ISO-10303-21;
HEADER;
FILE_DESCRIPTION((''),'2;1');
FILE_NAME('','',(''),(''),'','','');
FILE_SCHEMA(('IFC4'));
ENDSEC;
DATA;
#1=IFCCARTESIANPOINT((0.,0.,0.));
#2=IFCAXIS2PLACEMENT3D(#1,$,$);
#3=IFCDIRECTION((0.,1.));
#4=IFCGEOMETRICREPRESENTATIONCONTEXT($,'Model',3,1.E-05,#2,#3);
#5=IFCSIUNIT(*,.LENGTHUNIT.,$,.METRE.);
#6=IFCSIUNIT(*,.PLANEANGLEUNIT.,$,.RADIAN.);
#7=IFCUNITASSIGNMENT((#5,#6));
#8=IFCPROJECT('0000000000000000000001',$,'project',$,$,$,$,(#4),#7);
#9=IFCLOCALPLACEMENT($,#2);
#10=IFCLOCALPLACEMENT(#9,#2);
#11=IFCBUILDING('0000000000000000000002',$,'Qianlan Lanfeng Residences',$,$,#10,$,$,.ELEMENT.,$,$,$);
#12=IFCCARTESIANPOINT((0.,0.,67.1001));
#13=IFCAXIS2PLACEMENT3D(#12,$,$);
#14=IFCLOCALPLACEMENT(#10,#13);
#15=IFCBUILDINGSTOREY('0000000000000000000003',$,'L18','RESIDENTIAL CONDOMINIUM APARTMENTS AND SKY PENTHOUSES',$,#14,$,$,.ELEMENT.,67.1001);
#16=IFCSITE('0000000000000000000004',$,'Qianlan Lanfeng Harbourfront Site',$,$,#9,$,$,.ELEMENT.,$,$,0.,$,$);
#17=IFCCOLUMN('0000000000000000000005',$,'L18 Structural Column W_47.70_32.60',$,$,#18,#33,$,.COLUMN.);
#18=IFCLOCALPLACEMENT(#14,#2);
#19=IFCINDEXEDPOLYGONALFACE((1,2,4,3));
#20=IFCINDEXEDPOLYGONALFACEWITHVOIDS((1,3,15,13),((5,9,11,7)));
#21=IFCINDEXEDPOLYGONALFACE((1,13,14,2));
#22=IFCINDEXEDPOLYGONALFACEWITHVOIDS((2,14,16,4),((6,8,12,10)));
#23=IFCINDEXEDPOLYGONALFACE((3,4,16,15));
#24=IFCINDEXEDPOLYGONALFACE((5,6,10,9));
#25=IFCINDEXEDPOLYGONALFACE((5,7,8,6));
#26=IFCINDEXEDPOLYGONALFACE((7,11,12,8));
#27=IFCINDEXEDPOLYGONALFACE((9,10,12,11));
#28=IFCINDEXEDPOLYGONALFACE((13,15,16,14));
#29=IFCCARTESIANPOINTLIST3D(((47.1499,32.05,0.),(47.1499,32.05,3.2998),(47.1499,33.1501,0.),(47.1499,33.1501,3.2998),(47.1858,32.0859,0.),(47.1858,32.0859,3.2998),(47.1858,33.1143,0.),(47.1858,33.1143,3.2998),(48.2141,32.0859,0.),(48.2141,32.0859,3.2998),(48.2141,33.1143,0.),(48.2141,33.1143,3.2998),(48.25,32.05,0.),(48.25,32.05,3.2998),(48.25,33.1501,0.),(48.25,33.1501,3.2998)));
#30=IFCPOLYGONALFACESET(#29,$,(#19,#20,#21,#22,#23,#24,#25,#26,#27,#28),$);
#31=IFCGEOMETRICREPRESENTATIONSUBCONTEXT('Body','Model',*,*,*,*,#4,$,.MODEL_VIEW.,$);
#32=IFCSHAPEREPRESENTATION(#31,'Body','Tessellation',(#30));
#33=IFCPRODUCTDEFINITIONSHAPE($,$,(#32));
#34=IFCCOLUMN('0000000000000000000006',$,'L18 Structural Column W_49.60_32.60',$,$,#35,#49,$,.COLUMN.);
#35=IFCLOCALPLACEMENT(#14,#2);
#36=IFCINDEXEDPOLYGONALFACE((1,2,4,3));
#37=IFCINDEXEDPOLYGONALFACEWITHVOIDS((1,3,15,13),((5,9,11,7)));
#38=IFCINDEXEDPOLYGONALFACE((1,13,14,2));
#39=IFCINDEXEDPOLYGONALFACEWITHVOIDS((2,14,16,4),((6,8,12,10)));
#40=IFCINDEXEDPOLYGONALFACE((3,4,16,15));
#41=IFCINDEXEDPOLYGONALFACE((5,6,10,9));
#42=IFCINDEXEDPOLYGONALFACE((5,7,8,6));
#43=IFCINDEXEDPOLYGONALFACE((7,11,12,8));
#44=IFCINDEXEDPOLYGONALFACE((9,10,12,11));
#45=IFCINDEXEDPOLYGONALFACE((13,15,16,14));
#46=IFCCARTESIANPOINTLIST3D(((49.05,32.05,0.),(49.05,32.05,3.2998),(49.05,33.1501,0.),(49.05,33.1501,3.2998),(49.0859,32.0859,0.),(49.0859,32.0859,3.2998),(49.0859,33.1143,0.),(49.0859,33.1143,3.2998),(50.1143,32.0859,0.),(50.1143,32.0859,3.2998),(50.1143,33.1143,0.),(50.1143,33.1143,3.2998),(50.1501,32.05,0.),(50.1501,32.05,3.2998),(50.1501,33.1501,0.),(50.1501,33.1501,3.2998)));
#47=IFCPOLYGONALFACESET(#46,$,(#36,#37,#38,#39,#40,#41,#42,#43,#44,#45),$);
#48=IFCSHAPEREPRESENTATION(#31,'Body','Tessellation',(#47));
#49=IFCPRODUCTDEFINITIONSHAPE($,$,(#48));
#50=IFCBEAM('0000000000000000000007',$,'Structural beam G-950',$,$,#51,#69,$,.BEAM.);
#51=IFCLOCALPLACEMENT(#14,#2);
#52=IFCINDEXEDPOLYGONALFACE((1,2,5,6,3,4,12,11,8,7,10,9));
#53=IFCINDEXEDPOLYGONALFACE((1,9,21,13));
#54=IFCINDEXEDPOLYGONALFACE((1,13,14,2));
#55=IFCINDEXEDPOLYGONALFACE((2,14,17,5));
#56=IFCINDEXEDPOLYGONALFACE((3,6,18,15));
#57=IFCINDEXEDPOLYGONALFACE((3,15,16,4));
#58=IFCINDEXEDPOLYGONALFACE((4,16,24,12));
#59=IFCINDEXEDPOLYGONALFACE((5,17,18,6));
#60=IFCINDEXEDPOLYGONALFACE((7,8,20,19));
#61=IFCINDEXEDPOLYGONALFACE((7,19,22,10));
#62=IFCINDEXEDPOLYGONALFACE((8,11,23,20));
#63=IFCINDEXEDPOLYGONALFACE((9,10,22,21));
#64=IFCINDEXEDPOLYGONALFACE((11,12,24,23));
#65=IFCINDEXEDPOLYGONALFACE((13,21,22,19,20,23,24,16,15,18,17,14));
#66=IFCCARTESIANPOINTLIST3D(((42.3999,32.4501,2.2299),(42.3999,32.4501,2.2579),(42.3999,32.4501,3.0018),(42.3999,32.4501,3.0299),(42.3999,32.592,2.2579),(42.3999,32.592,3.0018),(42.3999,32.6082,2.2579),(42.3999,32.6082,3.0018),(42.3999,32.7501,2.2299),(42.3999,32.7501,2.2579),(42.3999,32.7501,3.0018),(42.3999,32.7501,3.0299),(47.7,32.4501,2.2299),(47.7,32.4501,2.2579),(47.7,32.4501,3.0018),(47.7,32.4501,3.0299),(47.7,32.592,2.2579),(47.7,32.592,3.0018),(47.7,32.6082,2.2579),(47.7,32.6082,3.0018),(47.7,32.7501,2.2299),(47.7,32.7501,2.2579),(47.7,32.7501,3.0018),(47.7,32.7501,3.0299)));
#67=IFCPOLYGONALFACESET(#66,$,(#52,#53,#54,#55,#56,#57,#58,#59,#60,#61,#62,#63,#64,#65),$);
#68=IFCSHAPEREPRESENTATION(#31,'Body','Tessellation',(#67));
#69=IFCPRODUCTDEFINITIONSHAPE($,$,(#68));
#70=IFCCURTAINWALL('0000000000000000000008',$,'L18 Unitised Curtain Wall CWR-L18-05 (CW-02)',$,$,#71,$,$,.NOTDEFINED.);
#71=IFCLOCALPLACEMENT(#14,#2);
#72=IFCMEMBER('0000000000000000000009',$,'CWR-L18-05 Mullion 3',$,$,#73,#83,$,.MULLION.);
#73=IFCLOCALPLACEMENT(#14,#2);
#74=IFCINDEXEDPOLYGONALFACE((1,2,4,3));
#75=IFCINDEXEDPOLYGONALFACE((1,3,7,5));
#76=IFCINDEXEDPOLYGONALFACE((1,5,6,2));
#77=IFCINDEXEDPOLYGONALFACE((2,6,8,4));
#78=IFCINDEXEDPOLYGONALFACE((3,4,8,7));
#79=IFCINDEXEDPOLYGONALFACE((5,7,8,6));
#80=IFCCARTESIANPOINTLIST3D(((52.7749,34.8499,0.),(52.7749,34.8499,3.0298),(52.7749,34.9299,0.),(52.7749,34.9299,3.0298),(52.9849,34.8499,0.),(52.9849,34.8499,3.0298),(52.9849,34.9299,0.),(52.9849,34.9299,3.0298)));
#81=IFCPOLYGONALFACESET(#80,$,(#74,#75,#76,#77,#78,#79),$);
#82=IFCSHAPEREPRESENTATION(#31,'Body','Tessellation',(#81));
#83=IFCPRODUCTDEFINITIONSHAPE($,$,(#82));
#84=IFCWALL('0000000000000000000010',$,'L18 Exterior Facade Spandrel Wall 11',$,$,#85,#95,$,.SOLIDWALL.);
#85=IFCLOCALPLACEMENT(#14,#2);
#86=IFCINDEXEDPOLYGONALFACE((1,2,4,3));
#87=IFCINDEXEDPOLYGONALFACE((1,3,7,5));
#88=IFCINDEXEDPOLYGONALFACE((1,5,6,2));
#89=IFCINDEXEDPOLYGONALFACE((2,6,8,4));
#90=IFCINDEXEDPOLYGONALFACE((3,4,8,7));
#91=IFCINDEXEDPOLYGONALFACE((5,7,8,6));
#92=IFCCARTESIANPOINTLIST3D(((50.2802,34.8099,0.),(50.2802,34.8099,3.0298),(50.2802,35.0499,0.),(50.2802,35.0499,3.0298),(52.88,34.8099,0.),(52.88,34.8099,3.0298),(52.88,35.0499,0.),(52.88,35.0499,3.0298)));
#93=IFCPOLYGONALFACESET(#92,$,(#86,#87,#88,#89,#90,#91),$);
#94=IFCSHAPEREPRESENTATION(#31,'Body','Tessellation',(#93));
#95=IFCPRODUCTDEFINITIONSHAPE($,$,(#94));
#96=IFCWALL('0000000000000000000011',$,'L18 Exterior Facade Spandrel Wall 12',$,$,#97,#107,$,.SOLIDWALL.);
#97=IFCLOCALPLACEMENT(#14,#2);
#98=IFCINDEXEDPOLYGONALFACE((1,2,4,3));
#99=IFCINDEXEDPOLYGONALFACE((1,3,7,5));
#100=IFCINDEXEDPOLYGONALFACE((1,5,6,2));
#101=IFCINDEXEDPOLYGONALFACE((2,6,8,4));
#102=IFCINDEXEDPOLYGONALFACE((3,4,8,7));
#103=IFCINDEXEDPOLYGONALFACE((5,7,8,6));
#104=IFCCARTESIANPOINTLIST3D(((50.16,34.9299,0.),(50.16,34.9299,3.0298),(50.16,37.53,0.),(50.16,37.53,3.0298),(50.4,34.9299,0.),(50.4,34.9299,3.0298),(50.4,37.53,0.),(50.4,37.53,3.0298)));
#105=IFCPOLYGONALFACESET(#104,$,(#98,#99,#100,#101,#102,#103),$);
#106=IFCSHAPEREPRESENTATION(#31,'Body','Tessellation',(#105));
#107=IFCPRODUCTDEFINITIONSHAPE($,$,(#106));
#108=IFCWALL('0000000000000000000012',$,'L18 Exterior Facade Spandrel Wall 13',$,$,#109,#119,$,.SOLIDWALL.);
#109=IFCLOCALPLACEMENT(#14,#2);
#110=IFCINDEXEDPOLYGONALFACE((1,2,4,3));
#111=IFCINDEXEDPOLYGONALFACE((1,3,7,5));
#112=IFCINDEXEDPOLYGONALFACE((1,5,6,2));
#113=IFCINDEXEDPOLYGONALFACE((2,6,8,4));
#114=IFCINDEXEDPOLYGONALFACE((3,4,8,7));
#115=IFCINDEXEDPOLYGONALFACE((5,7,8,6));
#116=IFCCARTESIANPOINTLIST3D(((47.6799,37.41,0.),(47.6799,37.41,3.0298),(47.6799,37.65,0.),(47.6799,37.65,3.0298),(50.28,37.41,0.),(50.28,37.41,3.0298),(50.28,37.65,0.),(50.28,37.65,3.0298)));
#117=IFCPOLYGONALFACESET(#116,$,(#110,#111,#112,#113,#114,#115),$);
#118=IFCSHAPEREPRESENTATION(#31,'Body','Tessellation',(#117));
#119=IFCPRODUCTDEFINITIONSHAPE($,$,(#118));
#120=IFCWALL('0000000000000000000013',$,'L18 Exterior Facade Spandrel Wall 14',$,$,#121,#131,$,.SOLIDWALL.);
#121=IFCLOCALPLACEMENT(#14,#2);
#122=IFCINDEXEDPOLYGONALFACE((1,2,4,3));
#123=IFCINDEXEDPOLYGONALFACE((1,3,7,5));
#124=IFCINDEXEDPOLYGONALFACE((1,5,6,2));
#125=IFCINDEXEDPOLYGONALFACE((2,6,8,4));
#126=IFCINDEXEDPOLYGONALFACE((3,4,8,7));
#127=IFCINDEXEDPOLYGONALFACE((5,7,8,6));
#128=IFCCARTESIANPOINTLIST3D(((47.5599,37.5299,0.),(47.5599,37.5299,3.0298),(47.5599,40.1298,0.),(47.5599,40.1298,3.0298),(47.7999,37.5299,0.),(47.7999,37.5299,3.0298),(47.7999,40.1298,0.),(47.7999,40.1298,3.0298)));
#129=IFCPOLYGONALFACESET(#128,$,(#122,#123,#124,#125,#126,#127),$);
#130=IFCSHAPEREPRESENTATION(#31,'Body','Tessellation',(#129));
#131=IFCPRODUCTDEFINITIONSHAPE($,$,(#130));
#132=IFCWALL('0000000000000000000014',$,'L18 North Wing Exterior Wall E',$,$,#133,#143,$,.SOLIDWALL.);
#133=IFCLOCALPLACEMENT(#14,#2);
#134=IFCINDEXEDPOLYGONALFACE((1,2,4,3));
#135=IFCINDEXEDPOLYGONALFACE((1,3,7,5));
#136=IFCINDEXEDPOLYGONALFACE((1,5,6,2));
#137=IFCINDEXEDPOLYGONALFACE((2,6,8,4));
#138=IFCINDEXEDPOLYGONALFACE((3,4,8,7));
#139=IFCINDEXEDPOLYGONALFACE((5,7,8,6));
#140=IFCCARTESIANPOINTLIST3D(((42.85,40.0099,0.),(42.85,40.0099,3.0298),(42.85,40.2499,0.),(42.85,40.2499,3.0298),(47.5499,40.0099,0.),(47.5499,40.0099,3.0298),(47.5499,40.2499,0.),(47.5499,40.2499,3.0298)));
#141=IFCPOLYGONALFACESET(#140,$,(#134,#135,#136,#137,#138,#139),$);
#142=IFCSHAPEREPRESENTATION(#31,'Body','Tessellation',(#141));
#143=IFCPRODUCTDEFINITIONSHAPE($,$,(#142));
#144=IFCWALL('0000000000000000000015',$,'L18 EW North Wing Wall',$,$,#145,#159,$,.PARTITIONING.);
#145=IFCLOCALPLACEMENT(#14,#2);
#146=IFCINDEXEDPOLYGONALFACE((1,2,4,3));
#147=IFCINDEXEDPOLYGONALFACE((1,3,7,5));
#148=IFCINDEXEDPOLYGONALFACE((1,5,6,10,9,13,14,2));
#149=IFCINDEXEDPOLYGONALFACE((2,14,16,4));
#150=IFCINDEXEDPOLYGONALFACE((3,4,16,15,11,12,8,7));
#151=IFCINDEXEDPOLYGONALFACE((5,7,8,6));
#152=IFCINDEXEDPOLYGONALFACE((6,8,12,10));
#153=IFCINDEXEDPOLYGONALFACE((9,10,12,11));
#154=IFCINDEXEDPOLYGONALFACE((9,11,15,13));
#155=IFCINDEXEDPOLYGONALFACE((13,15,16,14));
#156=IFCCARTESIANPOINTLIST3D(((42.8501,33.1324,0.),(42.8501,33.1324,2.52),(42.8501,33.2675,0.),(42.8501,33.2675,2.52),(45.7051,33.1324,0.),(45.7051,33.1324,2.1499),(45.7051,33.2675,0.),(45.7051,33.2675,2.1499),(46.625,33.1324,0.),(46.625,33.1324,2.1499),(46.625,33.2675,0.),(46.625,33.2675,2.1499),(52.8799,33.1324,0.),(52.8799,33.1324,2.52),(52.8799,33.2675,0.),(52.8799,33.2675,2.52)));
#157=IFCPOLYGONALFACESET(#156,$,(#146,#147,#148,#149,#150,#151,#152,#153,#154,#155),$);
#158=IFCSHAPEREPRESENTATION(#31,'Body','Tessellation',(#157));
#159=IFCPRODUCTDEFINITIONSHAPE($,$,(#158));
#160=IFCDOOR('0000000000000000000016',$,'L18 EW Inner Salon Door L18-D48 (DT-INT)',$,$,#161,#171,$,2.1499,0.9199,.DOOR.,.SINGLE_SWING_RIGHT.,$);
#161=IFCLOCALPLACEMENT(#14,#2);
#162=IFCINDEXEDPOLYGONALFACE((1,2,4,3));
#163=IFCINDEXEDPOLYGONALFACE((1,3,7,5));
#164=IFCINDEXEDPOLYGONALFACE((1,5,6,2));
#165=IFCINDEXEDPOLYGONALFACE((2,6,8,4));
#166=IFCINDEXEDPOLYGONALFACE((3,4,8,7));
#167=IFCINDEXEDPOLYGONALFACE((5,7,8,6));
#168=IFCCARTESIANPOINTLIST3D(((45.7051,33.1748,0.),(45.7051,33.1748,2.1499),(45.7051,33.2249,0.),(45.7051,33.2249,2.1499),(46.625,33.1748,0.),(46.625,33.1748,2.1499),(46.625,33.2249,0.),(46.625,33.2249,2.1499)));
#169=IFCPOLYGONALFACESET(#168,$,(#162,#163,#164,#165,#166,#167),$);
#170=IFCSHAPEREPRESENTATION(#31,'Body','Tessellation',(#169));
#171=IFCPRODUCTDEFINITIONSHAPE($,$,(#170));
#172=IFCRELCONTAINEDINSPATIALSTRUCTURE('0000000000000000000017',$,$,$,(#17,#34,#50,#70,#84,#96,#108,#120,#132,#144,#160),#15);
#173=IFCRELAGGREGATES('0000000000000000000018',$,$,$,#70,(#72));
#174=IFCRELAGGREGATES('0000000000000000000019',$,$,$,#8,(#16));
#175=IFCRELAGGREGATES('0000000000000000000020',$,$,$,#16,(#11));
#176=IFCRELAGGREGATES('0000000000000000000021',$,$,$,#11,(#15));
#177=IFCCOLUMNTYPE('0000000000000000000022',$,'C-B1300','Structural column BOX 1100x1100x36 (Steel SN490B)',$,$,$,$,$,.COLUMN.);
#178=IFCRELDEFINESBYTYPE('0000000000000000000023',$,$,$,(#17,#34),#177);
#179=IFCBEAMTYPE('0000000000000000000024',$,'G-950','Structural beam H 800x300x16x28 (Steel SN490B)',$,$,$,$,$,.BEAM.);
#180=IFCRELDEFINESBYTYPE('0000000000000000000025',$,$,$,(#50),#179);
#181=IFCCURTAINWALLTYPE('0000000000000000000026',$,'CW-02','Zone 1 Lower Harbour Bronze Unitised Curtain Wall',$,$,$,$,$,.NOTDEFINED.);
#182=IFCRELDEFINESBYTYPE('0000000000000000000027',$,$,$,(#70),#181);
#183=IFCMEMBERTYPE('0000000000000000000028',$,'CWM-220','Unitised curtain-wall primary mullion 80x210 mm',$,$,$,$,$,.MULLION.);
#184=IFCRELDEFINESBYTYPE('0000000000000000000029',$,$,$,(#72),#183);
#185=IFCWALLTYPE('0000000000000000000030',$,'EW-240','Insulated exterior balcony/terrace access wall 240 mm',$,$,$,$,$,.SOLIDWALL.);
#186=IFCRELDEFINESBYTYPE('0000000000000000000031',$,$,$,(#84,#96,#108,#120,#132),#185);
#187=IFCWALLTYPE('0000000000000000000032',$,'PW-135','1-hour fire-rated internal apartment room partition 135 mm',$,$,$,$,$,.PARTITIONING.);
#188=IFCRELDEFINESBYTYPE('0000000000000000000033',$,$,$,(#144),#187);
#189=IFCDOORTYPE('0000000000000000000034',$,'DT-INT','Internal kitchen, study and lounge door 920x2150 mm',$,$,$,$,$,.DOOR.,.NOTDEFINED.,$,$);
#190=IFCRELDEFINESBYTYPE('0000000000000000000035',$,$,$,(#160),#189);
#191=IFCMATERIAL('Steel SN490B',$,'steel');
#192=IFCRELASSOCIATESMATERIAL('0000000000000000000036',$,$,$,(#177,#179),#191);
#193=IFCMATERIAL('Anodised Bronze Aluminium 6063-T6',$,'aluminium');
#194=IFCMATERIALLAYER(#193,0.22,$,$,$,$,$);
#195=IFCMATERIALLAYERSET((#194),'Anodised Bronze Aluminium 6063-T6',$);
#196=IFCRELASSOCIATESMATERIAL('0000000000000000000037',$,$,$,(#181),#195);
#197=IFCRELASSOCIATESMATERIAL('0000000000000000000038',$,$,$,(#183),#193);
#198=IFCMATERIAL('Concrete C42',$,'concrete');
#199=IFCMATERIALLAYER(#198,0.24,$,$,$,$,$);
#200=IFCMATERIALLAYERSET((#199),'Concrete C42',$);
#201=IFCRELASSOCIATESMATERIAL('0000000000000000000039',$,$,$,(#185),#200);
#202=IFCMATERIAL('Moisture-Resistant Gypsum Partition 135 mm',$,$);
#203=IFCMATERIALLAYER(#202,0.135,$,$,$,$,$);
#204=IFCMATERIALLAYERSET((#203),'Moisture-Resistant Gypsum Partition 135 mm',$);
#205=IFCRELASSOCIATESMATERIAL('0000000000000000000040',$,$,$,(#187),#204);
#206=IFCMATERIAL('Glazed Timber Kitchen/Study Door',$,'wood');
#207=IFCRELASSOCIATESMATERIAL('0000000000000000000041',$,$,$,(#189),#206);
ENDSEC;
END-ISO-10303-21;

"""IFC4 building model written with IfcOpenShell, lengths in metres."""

from ifc_helpers import new_model, si_unit, direction, frame, frame_2d, origin, origin_2d, place, context, subcontext, project, spatial, rectangle, hollow_rectangle, i_section, extrude, source, transform, mapped, material, layer, layer_set, material_profile, profile_set, type_object, element, fill, aggregate, save


model = new_model("IFC4")

# Units and contexts
model_context = context("Model", 3, precision=1e-05, world=origin(), true_north=direction((0.0, 1.0)))
body_context = subcontext(model_context, "Body", "Model", "MODEL_VIEW")
ifc_project = project(units=[si_unit("LENGTHUNIT", "METRE"), si_unit("PLANEANGLEUNIT", "RADIAN")], contexts=[model_context])

# Site, building, storey
site_placement = place(None, origin())
site = spatial("IfcSite", under=ifc_project, at=site_placement, Name="Qianlan Lanfeng Harbourfront Site", CompositionType="ELEMENT", RefElevation=0.0)
building_placement = place(site_placement, origin())
building = spatial("IfcBuilding", under=site, at=building_placement, Name="Qianlan Lanfeng Residences", CompositionType="ELEMENT")
storey_placement = place(building_placement, frame((0.0, 0.0, 67.1001)))
storey = spatial("IfcBuildingStorey", under=building, at=storey_placement, Name="L18", Description="RESIDENTIAL CONDOMINIUM APARTMENTS AND SKY PENTHOUSES", CompositionType="ELEMENT", Elevation=67.1001)

# Columns
ifc_material_1 = material(Name="Steel SN490B", Category="steel")
ifc_material_profile_1 = material_profile(ifc_material_1, hollow_rectangle(XDim=1.1001, YDim=1.1001, WallThickness=0.0359, at=origin_2d()), Name="BOX 1100x1100x36")
ifc_profile_set_1 = profile_set([ifc_material_profile_1], Name="Steel SN490B")
column_type = type_object("IfcColumnType", Name="C-B1300", Description="Structural column BOX 1100x1100x36 (Steel SN490B)", PredefinedType="COLUMN", material=ifc_profile_set_1)
for number, where, z_axis, x_axis, name in (
    (1, (47.7, 32.6001, 0.0), (0.0, 0.0, 1.0), (1.0, 0.0, 0.0), "L18 Structural Column W_47.70_32.60"),
    (2, (49.6001, 32.6001, 0.0), (0.0, 0.0, 1.0), (1.0, 0.0, 0.0), "L18 Structural Column W_49.60_32.60"),
):
    element("IfcColumn", number, at=place(storey_placement, frame(where, z_axis=z_axis, x_axis=x_axis)), inside=storey, type_object=column_type, Name=name, PredefinedType="COLUMN", context=body_context, shape_type="SweptSolid", body=[
        extrude(hollow_rectangle(XDim=1.1001, YDim=1.1001, WallThickness=0.0359, at=origin_2d()), origin(), (0.0, 0.0, 1.0), 3.2998),
    ])

# Beam
ifc_material_profile_2 = material_profile(ifc_material_1, i_section(OverallWidth=0.3, OverallDepth=0.8, WebThickness=0.0161, FlangeThickness=0.0281, at=origin_2d()), Name="H 800x300x16x28")
ifc_profile_set_2 = profile_set([ifc_material_profile_2], Name="Steel SN490B")
beam_type = type_object("IfcBeamType", Name="G-950", Description="Structural beam H 800x300x16x28 (Steel SN490B)", PredefinedType="BEAM", material=ifc_profile_set_2)
beam_placement = place(storey_placement, frame((42.3999, 32.6001, 2.6299), z_axis=(1.0, 0.0, 0.0), x_axis=(0.0, 1.0, 0.0)))
element("IfcBeam", 3, at=beam_placement, inside=storey, type_object=beam_type, Name="Structural beam G-950", PredefinedType="BEAM", context=body_context, shape_type="SweptSolid", body=[
    extrude(i_section(OverallWidth=0.3, OverallDepth=0.8, WebThickness=0.0161, FlangeThickness=0.0281, at=origin_2d()), origin(), (0.0, 0.0, 1.0), 5.3),
])

# Curtain wall, member
ifc_material_2 = material(Name="Anodised Bronze Aluminium 6063-T6", Category="aluminium")
ifc_layer_1 = layer(ifc_material_2, 0.22)
ifc_layer_set_1 = layer_set([ifc_layer_1], Name="Anodised Bronze Aluminium 6063-T6")
curtain_wall_type = type_object("IfcCurtainWallType", Name="CW-02", Description="Zone 1 Lower Harbour Bronze Unitised Curtain Wall", PredefinedType="NOTDEFINED", material=ifc_layer_set_1)
curtain_wall_placement = place(storey_placement, origin())
curtain_wall = element("IfcCurtainWall", 4, at=curtain_wall_placement, inside=storey, type_object=curtain_wall_type, Name="L18 Unitised Curtain Wall CWR-L18-05 (CW-02)", PredefinedType="NOTDEFINED")
ifc_material_profile_3 = material_profile(ifc_material_2, rectangle(XDim=0.0801, YDim=0.21, at=origin_2d()), Name="ALU MULLION 80x210")
ifc_profile_set_3 = profile_set([ifc_material_profile_3], Name="Anodised Bronze Aluminium 6063-T6")
member_type = type_object("IfcMemberType", Name="CWM-220", Description="Unitised curtain-wall primary mullion 80x210 mm", PredefinedType="MULLION", material=ifc_profile_set_3)
shared_shape_1 = source(origin(), body_context, "Body", "SweptSolid", [
    extrude(rectangle(XDim=0.0801, YDim=0.21, at=origin_2d()), origin(), (0.0, 0.0, 1.0), 3.0298),
])
member_placement = place(storey_placement, frame((52.8799, 34.8899, 0.0), z_axis=(0.0, 0.0, 1.0), x_axis=(0.0, 1.0, 0.0)))
member = element("IfcMember", 5, at=member_placement, type_object=member_type, Name="CWR-L18-05 Mullion 3", PredefinedType="MULLION", context=body_context, shape_type="MappedRepresentation", body=[
    mapped(shared_shape_1, transform((0.0, 0.0, 0.0), scale=1.0)),
])
aggregate(curtain_wall, [member])

# Walls
ifc_material_3 = material(Name="Concrete C42", Category="concrete")
ifc_layer_2 = layer(ifc_material_3, 0.24)
ifc_layer_set_2 = layer_set([ifc_layer_2], Name="Concrete C42")
wall_type_1 = type_object("IfcWallType", Name="EW-240", Description="Insulated exterior balcony/terrace access wall 240 mm", PredefinedType="SOLIDWALL", material=ifc_layer_set_2)
wall_1_placement = place(storey_placement, frame((52.8799, 34.9299, 0.0), z_axis=(0.0, 0.0, 1.0), x_axis=(-1.0, 0.0, 0.0)))
element("IfcWall", 6, at=wall_1_placement, inside=storey, type_object=wall_type_1, Name="L18 Exterior Facade Spandrel Wall 11", PredefinedType="SOLIDWALL", context=body_context, shape_type="SweptSolid", body=[
    extrude(rectangle(XDim=2.5999, YDim=0.24, at=frame_2d((1.2998, 0.0))), origin(), (0.0, 0.0, 1.0), 3.0298),
])
for number, where, z_axis, x_axis, name in (
    (7, (50.28, 34.9299, 0.0), (0.0, 0.0, 1.0), (0.0, 1.0, 0.0), "L18 Exterior Facade Spandrel Wall 12"),
    (8, (50.28, 37.53, 0.0), (0.0, 0.0, 1.0), (-1.0, 0.0, 0.0), "L18 Exterior Facade Spandrel Wall 13"),
):
    element("IfcWall", number, at=place(storey_placement, frame(where, z_axis=z_axis, x_axis=x_axis)), inside=storey, type_object=wall_type_1, Name=name, PredefinedType="SOLIDWALL", context=body_context, shape_type="SweptSolid", body=[
        extrude(rectangle(XDim=2.6001, YDim=0.24, at=frame_2d((1.3, 0.0))), origin(), (0.0, 0.0, 1.0), 3.0298),
    ])
wall_2_placement = place(storey_placement, frame((47.6799, 37.53, 0.0), z_axis=(0.0, 0.0, 1.0), x_axis=(0.0, 1.0, 0.0)))
element("IfcWall", 9, at=wall_2_placement, inside=storey, type_object=wall_type_1, Name="L18 Exterior Facade Spandrel Wall 14", PredefinedType="SOLIDWALL", context=body_context, shape_type="SweptSolid", body=[
    extrude(rectangle(XDim=2.5999, YDim=0.24, at=frame_2d((1.2998, 0.0))), origin(), (0.0, 0.0, 1.0), 3.0298),
])
wall_3_placement = place(storey_placement, frame((47.55, 40.1299, 0.0), z_axis=(0.0, 0.0, 1.0), x_axis=(-1.0, 0.0, 0.0)))
element("IfcWall", 10, at=wall_3_placement, inside=storey, type_object=wall_type_1, Name="L18 North Wing Exterior Wall E", PredefinedType="SOLIDWALL", context=body_context, shape_type="SweptSolid", body=[
    extrude(rectangle(XDim=4.7, YDim=0.24, at=frame_2d((2.3501, 0.0))), origin(), (0.0, 0.0, 1.0), 3.0298),
])

# Wall, opening, door
ifc_material_4 = material(Name="Moisture-Resistant Gypsum Partition 135 mm")
ifc_layer_3 = layer(ifc_material_4, 0.135)
ifc_layer_set_3 = layer_set([ifc_layer_3], Name="Moisture-Resistant Gypsum Partition 135 mm")
wall_type_2 = type_object("IfcWallType", Name="PW-135", Description="1-hour fire-rated internal apartment room partition 135 mm", PredefinedType="PARTITIONING", material=ifc_layer_set_3)
wall_4_placement = place(storey_placement, frame((42.8501, 33.2, 0.0), z_axis=(0.0, 0.0, 1.0), x_axis=(1.0, 0.0, 0.0)))
wall_4 = element("IfcWall", 11, at=wall_4_placement, inside=storey, type_object=wall_type_2, Name="L18 EW North Wing Wall", PredefinedType="PARTITIONING", context=body_context, shape_type="SweptSolid", body=[
    extrude(rectangle(XDim=10.0298, YDim=0.135, at=frame_2d((5.0149, 0.0))), origin(), (0.0, 0.0, 1.0), 2.52),
])
opening_placement = place(wall_4_placement, frame((2.855, 0.0, 0.0)))
opening = element("IfcOpeningElement", 12, at=opening_placement, cuts=wall_4, PredefinedType="OPENING", context=body_context, shape_type="SweptSolid", body=[
    extrude(rectangle(XDim=0.9199, YDim=2.1499, at=frame_2d((0.46, 1.075))), frame((0.0, 0.0776, 0.0), z_axis=(0.0, -1.0, 0.0), x_axis=(1.0, 0.0, 0.0)), (0.0, 0.0, 1.0), 0.155),
])
ifc_material_5 = material(Name="Glazed Timber Kitchen/Study Door", Category="wood")
door_type = type_object("IfcDoorType", Name="DT-INT", Description="Internal kitchen, study and lounge door 920x2150 mm", OperationType="NOTDEFINED", PredefinedType="DOOR", material=ifc_material_5)
door_placement = place(opening_placement, origin())
door = element("IfcDoor", 13, at=door_placement, inside=storey, type_object=door_type, Name="L18 EW Inner Salon Door L18-D48 (DT-INT)", OperationType="SINGLE_SWING_RIGHT", OverallHeight=2.1499, OverallWidth=0.9199, PredefinedType="DOOR", context=body_context, shape_type="SweptSolid", body=[
    extrude(rectangle(XDim=0.9199, YDim=2.1499, at=frame_2d((0.46, 1.075))), frame((0.0, 0.0249, 0.0), z_axis=(0.0, -1.0, 0.0), x_axis=(1.0, 0.0, 0.0)), (0.0, 0.0, 1.0), 0.05),
])
fill(opening, door)

save(model, "model.ifc")
